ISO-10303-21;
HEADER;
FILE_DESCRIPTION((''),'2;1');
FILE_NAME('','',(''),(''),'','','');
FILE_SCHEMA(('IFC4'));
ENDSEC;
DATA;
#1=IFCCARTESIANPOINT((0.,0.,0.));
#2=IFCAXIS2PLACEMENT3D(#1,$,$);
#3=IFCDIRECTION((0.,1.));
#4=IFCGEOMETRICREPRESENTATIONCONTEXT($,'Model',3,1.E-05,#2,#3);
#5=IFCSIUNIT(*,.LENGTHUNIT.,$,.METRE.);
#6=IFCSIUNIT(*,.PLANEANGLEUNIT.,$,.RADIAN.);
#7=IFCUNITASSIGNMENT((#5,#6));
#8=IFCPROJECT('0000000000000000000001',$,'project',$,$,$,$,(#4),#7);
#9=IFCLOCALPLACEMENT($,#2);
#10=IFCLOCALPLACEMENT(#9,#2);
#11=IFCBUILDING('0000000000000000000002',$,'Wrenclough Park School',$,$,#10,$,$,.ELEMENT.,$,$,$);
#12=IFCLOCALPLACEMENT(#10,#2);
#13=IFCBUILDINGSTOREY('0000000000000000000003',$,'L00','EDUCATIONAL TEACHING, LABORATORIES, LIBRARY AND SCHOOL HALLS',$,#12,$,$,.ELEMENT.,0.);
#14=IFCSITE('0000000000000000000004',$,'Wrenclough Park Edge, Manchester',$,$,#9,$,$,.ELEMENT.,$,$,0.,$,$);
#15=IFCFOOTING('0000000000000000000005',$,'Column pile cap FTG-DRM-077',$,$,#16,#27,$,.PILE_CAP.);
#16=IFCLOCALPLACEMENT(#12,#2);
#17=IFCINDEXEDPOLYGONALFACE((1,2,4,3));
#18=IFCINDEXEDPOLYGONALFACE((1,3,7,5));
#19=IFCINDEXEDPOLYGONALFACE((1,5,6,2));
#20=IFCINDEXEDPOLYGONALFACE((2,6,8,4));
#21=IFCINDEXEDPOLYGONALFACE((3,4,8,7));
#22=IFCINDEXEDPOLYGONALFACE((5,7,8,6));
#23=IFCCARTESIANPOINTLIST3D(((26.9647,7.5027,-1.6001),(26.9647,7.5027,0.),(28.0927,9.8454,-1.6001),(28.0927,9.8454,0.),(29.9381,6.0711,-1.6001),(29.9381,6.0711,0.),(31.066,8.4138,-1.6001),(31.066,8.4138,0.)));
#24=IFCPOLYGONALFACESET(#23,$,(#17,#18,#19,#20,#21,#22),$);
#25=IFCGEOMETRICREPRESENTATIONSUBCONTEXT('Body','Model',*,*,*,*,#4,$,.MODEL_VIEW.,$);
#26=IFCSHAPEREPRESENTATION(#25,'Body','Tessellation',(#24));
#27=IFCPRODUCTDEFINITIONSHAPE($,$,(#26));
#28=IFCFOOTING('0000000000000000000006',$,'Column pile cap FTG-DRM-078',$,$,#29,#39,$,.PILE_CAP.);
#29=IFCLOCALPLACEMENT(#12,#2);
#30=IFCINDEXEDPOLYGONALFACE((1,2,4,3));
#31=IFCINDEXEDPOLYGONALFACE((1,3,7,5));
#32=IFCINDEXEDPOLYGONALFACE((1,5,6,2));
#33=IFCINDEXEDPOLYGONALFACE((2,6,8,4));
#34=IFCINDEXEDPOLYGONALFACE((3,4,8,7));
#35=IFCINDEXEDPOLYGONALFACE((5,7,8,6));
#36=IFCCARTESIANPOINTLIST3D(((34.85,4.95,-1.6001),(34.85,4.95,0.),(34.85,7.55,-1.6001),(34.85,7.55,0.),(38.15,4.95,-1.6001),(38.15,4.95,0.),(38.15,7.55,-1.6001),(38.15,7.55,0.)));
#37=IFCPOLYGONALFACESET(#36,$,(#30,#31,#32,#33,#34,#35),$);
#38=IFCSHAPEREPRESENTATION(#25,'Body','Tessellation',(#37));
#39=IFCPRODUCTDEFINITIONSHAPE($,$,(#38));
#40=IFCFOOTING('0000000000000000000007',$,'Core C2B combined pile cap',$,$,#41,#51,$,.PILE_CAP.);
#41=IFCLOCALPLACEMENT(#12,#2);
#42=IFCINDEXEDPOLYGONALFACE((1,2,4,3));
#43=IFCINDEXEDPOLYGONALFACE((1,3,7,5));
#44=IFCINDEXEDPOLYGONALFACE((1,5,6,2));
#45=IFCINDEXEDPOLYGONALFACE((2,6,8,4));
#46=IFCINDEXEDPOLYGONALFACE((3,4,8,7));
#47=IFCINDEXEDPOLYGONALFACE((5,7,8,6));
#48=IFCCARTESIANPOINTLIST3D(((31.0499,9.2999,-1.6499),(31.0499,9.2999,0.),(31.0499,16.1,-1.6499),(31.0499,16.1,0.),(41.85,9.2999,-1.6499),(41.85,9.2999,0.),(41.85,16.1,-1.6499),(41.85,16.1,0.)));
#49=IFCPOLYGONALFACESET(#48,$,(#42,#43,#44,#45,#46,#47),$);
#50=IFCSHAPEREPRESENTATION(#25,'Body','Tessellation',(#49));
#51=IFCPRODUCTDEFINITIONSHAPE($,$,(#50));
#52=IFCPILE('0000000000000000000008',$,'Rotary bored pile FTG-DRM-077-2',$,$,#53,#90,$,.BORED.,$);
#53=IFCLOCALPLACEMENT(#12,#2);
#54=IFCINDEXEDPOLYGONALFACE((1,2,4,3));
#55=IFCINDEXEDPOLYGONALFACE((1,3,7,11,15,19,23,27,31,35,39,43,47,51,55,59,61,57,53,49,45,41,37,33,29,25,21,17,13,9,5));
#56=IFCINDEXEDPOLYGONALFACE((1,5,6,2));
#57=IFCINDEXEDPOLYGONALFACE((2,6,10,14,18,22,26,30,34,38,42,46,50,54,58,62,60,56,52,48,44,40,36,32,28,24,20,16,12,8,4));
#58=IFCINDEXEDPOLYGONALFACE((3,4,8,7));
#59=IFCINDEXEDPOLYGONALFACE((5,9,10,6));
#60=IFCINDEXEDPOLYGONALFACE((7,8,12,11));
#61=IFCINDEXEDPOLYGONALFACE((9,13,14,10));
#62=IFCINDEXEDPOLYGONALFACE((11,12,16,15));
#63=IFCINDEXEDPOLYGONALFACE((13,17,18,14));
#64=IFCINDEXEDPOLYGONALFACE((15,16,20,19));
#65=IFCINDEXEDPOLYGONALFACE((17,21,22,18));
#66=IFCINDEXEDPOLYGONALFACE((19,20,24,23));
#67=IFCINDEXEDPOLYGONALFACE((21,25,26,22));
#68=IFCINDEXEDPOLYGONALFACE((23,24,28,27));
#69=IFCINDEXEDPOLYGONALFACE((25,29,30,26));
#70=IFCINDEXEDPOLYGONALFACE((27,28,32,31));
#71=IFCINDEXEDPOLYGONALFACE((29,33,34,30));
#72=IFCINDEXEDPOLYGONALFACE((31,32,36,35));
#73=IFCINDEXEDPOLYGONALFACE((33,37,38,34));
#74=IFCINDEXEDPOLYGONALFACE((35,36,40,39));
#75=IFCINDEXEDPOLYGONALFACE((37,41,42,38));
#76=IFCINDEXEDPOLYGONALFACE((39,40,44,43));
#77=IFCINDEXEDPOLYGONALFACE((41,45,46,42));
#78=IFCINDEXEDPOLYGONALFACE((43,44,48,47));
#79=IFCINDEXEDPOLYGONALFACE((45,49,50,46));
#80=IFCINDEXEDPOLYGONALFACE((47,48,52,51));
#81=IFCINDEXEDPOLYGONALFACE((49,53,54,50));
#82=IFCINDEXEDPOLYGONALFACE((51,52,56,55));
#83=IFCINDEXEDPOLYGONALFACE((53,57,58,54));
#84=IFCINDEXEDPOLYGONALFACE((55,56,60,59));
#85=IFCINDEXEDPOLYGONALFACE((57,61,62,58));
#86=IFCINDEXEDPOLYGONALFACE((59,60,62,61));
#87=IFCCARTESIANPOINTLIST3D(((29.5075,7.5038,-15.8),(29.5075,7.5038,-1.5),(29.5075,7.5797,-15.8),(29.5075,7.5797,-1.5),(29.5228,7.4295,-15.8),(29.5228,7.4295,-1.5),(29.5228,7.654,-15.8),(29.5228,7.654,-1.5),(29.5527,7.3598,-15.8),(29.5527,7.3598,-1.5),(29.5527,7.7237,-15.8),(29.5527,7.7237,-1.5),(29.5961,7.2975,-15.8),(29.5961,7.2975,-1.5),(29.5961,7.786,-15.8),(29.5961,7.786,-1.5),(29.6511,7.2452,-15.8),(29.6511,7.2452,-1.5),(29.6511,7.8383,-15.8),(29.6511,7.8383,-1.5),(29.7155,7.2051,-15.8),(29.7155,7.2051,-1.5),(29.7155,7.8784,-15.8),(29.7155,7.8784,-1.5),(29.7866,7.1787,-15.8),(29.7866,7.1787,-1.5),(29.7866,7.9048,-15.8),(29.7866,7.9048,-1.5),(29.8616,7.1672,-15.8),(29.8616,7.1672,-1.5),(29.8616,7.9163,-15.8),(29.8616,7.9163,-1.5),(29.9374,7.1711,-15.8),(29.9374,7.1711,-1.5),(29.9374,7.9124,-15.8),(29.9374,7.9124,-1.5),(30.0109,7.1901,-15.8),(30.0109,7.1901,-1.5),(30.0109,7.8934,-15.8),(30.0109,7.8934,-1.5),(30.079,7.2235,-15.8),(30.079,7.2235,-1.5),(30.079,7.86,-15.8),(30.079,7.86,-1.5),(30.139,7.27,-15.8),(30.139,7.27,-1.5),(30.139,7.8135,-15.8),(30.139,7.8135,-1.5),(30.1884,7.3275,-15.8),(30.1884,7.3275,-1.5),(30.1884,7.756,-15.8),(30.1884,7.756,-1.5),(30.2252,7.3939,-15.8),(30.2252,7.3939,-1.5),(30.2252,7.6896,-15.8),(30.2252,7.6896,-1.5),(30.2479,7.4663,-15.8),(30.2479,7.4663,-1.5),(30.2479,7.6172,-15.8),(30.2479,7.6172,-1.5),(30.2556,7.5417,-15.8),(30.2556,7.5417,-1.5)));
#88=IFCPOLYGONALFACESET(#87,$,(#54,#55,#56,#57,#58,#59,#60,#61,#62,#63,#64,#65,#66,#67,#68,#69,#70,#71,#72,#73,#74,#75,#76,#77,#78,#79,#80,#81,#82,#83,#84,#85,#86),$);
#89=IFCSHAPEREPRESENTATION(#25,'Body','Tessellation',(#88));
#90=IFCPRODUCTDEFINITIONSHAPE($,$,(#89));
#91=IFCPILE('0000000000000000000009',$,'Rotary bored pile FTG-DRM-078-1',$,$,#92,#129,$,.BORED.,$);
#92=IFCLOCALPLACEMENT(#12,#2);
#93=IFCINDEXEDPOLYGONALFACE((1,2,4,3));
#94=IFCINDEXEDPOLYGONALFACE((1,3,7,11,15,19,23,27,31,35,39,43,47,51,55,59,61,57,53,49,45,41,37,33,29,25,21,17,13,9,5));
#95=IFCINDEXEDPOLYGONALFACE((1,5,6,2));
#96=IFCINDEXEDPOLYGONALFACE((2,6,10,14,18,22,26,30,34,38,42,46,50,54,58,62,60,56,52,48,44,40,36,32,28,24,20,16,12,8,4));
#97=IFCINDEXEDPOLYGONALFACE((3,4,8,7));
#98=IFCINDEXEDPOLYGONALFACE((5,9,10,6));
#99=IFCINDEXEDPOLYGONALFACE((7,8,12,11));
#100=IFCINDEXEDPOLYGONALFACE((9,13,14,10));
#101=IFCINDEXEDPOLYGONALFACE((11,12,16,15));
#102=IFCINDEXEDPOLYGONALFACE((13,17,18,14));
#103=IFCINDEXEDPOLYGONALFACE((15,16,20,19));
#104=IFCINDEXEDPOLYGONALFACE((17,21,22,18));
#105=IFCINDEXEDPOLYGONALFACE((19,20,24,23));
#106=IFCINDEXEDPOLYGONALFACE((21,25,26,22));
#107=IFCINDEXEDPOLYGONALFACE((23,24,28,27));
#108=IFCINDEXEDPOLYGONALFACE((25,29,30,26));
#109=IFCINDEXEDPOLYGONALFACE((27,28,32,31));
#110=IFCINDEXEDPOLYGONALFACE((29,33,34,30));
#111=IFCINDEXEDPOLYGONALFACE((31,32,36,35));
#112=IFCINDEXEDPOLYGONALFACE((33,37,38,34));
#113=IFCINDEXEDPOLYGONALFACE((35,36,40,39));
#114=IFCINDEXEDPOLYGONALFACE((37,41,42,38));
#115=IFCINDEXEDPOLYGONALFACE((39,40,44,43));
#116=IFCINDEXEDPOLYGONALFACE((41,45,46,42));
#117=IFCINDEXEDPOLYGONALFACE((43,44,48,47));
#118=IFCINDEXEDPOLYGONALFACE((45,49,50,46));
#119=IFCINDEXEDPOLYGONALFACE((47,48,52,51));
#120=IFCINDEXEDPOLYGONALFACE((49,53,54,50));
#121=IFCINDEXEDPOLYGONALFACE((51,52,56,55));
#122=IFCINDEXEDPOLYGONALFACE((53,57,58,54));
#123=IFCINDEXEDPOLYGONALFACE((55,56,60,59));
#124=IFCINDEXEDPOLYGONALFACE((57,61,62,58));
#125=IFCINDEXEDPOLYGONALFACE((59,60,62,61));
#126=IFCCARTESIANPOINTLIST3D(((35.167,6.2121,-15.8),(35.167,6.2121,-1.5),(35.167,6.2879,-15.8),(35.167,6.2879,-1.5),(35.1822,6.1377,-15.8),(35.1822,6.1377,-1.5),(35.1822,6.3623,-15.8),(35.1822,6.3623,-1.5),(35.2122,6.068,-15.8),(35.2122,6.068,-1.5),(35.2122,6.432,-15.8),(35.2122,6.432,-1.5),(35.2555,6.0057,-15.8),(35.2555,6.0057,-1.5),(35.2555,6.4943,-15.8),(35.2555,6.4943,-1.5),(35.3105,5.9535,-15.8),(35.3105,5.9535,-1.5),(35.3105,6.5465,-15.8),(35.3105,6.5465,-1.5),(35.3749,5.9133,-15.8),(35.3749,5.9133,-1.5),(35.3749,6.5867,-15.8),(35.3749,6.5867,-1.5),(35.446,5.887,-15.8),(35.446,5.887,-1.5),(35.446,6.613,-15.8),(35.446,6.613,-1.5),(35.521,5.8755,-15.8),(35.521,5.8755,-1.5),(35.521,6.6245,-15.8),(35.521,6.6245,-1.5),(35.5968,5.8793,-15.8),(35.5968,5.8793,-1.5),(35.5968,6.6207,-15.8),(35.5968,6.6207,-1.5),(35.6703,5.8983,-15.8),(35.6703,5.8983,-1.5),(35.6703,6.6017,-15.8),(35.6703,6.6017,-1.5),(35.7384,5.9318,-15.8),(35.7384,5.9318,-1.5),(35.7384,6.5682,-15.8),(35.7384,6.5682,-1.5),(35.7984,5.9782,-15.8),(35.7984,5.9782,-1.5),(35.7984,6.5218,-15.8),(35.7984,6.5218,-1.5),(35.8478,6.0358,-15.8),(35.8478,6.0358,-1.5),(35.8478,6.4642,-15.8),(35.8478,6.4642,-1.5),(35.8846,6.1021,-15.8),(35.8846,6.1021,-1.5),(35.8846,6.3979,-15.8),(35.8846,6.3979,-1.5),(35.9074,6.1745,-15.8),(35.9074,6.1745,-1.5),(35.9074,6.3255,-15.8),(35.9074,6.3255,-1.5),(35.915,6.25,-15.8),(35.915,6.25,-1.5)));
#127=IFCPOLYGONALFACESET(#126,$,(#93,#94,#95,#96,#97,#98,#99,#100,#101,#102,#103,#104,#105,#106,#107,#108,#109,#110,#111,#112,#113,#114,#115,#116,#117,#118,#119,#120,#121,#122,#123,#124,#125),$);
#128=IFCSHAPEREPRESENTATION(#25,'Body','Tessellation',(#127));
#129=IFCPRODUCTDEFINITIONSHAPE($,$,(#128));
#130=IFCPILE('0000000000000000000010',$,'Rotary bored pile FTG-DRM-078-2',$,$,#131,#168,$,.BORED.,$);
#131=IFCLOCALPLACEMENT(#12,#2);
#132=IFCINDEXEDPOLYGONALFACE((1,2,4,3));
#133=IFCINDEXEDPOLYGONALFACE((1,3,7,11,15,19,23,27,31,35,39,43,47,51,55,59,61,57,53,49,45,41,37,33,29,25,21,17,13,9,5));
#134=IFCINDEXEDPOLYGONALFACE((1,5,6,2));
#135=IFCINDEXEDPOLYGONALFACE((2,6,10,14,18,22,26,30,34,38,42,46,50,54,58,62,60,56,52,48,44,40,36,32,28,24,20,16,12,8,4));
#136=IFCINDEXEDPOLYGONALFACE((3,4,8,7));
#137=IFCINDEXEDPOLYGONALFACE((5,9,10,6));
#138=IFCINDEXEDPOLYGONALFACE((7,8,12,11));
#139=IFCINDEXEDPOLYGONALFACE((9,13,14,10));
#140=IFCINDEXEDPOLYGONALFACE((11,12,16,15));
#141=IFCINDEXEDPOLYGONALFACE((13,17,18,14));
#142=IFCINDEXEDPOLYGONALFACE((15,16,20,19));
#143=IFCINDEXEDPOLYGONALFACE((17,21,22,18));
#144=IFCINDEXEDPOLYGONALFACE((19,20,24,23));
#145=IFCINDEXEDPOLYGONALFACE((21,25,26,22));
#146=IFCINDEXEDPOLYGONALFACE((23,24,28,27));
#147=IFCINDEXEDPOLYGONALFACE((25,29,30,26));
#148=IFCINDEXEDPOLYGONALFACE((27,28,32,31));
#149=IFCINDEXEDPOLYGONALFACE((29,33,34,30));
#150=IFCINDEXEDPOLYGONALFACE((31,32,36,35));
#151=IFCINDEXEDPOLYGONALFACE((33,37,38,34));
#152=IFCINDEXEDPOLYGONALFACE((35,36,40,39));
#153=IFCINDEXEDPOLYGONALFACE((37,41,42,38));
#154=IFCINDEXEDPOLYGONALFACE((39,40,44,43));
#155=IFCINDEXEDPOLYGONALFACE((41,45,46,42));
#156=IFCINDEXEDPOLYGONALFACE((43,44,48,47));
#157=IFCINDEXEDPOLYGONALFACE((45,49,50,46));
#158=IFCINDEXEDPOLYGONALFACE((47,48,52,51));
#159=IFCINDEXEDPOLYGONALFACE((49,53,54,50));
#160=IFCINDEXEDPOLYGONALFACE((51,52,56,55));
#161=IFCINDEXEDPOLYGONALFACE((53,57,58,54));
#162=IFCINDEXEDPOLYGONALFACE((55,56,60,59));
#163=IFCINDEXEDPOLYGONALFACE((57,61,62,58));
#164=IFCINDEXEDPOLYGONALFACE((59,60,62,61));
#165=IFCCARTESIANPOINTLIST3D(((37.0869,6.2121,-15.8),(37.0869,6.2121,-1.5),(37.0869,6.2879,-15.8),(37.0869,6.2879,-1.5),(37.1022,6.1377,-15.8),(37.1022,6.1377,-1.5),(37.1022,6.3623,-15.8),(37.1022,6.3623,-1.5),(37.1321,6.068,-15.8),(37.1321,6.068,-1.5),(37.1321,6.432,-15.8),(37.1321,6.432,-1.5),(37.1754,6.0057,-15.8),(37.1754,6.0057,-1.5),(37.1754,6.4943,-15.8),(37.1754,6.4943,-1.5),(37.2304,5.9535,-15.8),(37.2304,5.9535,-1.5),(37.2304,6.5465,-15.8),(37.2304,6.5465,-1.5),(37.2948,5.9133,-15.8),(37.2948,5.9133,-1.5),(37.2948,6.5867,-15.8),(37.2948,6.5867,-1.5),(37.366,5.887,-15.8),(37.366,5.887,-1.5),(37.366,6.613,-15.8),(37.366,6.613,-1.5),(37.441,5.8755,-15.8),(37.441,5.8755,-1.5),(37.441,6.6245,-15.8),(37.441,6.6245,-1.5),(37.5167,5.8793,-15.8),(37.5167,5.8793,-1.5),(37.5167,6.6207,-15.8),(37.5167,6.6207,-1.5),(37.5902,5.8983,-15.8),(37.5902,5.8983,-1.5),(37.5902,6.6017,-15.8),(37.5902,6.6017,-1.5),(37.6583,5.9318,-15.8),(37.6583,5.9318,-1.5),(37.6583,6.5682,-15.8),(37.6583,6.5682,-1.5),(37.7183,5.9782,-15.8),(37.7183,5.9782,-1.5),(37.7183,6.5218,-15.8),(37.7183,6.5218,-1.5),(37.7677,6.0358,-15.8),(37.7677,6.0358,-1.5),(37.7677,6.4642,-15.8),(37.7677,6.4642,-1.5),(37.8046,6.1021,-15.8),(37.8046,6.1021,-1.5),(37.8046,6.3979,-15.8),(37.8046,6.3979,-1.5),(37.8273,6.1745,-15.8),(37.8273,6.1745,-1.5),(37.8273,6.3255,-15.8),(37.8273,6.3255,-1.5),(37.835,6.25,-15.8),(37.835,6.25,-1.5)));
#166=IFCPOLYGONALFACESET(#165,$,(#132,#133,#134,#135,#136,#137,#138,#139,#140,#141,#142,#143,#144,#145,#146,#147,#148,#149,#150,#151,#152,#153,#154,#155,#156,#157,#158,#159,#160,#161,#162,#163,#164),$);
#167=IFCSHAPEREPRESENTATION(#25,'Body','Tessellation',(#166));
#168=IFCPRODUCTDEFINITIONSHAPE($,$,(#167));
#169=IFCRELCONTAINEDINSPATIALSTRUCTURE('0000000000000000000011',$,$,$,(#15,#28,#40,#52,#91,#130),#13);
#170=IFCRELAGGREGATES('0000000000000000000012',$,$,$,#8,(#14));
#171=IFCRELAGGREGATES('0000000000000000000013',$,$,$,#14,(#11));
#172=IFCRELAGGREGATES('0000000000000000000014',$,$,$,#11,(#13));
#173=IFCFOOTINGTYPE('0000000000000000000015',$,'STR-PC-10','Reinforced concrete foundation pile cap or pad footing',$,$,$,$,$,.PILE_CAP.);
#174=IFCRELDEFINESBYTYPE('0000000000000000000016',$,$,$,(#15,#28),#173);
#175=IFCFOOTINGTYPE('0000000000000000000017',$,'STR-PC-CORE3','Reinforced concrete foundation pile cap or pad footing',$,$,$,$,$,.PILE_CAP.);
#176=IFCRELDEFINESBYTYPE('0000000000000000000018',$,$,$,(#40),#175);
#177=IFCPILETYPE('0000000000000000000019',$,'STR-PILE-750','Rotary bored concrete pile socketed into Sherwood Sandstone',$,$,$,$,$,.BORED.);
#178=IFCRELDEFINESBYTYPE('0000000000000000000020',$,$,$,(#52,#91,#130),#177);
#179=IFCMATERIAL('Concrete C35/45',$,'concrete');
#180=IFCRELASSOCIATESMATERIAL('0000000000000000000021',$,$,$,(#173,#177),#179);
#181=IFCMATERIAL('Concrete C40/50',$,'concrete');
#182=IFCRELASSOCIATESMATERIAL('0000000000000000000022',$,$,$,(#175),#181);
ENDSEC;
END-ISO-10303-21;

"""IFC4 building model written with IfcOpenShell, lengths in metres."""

from ifc_helpers import new_model, si_unit, direction, frame, origin, origin_2d, place, context, subcontext, project, spatial, rectangle, circle, extrude, material, material_profile, profile_set, type_object, element, save


model = new_model("IFC4")

# Units and contexts
model_context = context("Model", 3, precision=1e-05, world=origin(), true_north=direction((0.0, 1.0)))
body_context = subcontext(model_context, "Body", "Model", "MODEL_VIEW")
ifc_project = project(units=[si_unit("LENGTHUNIT", "METRE"), si_unit("PLANEANGLEUNIT", "RADIAN")], contexts=[model_context])

# Site, building, storey
site_placement = place(None, origin())
site = spatial("IfcSite", under=ifc_project, at=site_placement, Name="Wrenclough Park Edge, Manchester", CompositionType="ELEMENT", RefElevation=0.0)
building_placement = place(site_placement, origin())
building = spatial("IfcBuilding", under=site, at=building_placement, Name="Wrenclough Park School", CompositionType="ELEMENT")
storey_placement = place(building_placement, origin())
storey = spatial("IfcBuildingStorey", under=building, at=storey_placement, Name="L00", Description="EDUCATIONAL TEACHING, LABORATORIES, LIBRARY AND SCHOOL HALLS", CompositionType="ELEMENT", Elevation=0.0)

# Footings
ifc_material_1 = material(Name="Concrete C35/45", Category="concrete")
footing_type_1 = type_object("IfcFootingType", Name="STR-PC-10", Description="Reinforced concrete foundation pile cap or pad footing", PredefinedType="PILE_CAP", material=ifc_material_1)
for number, where, z_axis, x_axis, name in (
    (1, (29.0154, 7.9583, -1.6001), (0.0, 0.0, 1.0), (0.901001, -0.433816, 0.0), "Column pile cap FTG-DRM-077"),
    (2, (36.5, 6.25, -1.6001), (0.0, 0.0, 1.0), (1.0, 0.0, 0.0), "Column pile cap FTG-DRM-078"),
):
    element("IfcFooting", number, at=place(storey_placement, frame(where, z_axis=z_axis, x_axis=x_axis)), inside=storey, type_object=footing_type_1, Name=name, PredefinedType="PILE_CAP", context=body_context, shape_type="SweptSolid", body=[
        extrude(rectangle(XDim=3.3, YDim=2.6001, at=origin_2d()), origin(), (0.0, 0.0, 1.0), 1.6001),
    ])
ifc_material_2 = material(Name="Concrete C40/50", Category="concrete")
footing_type_2 = type_object("IfcFootingType", Name="STR-PC-CORE3", Description="Reinforced concrete foundation pile cap or pad footing", PredefinedType="PILE_CAP", material=ifc_material_2)
footing_placement = place(storey_placement, frame((36.45, 12.7, -1.6499), z_axis=(0.0, 0.0, 1.0), x_axis=(1.0, 0.0, 0.0)))
element("IfcFooting", 3, at=footing_placement, inside=storey, type_object=footing_type_2, Name="Core C2B combined pile cap", PredefinedType="PILE_CAP", context=body_context, shape_type="SweptSolid", body=[
    extrude(rectangle(XDim=10.8, YDim=6.8, at=origin_2d()), origin(), (0.0, 0.0, 1.0), 1.6499),
])

# Piles
ifc_material_profile_1 = material_profile(ifc_material_1, circle(Radius=0.375, at=origin_2d()), Name="BORED PILE D750")
ifc_profile_set_1 = profile_set([ifc_material_profile_1], Name="Concrete C35/45")
pile_type_1 = type_object("IfcPileType", Name="STR-PILE-750", Description="Rotary bored concrete pile socketed into Sherwood Sandstone", PredefinedType="BORED", material=ifc_profile_set_1)
for number, where, z_axis, x_axis, name in (
    (4, (29.8806, 7.5417, -1.5), (0.0, 0.0, -1.0), (1.0, 0.0, 0.0), "Rotary bored pile FTG-DRM-077-2"),
    (5, (35.54, 6.25, -1.5), (0.0, 0.0, -1.0), (1.0, 0.0, 0.0), "Rotary bored pile FTG-DRM-078-1"),
    (6, (37.46, 6.25, -1.5), (0.0, 0.0, -1.0), (1.0, 0.0, 0.0), "Rotary bored pile FTG-DRM-078-2"),
):
    element("IfcPile", number, at=place(storey_placement, frame(where, z_axis=z_axis, x_axis=x_axis)), inside=storey, type_object=pile_type_1, Name=name, PredefinedType="BORED", context=body_context, shape_type="SweptSolid", body=[
        extrude(circle(Radius=0.375, at=origin_2d()), origin(), (0.0, 0.0, 1.0), 14.3),
    ])

save(model, "model.ifc")
